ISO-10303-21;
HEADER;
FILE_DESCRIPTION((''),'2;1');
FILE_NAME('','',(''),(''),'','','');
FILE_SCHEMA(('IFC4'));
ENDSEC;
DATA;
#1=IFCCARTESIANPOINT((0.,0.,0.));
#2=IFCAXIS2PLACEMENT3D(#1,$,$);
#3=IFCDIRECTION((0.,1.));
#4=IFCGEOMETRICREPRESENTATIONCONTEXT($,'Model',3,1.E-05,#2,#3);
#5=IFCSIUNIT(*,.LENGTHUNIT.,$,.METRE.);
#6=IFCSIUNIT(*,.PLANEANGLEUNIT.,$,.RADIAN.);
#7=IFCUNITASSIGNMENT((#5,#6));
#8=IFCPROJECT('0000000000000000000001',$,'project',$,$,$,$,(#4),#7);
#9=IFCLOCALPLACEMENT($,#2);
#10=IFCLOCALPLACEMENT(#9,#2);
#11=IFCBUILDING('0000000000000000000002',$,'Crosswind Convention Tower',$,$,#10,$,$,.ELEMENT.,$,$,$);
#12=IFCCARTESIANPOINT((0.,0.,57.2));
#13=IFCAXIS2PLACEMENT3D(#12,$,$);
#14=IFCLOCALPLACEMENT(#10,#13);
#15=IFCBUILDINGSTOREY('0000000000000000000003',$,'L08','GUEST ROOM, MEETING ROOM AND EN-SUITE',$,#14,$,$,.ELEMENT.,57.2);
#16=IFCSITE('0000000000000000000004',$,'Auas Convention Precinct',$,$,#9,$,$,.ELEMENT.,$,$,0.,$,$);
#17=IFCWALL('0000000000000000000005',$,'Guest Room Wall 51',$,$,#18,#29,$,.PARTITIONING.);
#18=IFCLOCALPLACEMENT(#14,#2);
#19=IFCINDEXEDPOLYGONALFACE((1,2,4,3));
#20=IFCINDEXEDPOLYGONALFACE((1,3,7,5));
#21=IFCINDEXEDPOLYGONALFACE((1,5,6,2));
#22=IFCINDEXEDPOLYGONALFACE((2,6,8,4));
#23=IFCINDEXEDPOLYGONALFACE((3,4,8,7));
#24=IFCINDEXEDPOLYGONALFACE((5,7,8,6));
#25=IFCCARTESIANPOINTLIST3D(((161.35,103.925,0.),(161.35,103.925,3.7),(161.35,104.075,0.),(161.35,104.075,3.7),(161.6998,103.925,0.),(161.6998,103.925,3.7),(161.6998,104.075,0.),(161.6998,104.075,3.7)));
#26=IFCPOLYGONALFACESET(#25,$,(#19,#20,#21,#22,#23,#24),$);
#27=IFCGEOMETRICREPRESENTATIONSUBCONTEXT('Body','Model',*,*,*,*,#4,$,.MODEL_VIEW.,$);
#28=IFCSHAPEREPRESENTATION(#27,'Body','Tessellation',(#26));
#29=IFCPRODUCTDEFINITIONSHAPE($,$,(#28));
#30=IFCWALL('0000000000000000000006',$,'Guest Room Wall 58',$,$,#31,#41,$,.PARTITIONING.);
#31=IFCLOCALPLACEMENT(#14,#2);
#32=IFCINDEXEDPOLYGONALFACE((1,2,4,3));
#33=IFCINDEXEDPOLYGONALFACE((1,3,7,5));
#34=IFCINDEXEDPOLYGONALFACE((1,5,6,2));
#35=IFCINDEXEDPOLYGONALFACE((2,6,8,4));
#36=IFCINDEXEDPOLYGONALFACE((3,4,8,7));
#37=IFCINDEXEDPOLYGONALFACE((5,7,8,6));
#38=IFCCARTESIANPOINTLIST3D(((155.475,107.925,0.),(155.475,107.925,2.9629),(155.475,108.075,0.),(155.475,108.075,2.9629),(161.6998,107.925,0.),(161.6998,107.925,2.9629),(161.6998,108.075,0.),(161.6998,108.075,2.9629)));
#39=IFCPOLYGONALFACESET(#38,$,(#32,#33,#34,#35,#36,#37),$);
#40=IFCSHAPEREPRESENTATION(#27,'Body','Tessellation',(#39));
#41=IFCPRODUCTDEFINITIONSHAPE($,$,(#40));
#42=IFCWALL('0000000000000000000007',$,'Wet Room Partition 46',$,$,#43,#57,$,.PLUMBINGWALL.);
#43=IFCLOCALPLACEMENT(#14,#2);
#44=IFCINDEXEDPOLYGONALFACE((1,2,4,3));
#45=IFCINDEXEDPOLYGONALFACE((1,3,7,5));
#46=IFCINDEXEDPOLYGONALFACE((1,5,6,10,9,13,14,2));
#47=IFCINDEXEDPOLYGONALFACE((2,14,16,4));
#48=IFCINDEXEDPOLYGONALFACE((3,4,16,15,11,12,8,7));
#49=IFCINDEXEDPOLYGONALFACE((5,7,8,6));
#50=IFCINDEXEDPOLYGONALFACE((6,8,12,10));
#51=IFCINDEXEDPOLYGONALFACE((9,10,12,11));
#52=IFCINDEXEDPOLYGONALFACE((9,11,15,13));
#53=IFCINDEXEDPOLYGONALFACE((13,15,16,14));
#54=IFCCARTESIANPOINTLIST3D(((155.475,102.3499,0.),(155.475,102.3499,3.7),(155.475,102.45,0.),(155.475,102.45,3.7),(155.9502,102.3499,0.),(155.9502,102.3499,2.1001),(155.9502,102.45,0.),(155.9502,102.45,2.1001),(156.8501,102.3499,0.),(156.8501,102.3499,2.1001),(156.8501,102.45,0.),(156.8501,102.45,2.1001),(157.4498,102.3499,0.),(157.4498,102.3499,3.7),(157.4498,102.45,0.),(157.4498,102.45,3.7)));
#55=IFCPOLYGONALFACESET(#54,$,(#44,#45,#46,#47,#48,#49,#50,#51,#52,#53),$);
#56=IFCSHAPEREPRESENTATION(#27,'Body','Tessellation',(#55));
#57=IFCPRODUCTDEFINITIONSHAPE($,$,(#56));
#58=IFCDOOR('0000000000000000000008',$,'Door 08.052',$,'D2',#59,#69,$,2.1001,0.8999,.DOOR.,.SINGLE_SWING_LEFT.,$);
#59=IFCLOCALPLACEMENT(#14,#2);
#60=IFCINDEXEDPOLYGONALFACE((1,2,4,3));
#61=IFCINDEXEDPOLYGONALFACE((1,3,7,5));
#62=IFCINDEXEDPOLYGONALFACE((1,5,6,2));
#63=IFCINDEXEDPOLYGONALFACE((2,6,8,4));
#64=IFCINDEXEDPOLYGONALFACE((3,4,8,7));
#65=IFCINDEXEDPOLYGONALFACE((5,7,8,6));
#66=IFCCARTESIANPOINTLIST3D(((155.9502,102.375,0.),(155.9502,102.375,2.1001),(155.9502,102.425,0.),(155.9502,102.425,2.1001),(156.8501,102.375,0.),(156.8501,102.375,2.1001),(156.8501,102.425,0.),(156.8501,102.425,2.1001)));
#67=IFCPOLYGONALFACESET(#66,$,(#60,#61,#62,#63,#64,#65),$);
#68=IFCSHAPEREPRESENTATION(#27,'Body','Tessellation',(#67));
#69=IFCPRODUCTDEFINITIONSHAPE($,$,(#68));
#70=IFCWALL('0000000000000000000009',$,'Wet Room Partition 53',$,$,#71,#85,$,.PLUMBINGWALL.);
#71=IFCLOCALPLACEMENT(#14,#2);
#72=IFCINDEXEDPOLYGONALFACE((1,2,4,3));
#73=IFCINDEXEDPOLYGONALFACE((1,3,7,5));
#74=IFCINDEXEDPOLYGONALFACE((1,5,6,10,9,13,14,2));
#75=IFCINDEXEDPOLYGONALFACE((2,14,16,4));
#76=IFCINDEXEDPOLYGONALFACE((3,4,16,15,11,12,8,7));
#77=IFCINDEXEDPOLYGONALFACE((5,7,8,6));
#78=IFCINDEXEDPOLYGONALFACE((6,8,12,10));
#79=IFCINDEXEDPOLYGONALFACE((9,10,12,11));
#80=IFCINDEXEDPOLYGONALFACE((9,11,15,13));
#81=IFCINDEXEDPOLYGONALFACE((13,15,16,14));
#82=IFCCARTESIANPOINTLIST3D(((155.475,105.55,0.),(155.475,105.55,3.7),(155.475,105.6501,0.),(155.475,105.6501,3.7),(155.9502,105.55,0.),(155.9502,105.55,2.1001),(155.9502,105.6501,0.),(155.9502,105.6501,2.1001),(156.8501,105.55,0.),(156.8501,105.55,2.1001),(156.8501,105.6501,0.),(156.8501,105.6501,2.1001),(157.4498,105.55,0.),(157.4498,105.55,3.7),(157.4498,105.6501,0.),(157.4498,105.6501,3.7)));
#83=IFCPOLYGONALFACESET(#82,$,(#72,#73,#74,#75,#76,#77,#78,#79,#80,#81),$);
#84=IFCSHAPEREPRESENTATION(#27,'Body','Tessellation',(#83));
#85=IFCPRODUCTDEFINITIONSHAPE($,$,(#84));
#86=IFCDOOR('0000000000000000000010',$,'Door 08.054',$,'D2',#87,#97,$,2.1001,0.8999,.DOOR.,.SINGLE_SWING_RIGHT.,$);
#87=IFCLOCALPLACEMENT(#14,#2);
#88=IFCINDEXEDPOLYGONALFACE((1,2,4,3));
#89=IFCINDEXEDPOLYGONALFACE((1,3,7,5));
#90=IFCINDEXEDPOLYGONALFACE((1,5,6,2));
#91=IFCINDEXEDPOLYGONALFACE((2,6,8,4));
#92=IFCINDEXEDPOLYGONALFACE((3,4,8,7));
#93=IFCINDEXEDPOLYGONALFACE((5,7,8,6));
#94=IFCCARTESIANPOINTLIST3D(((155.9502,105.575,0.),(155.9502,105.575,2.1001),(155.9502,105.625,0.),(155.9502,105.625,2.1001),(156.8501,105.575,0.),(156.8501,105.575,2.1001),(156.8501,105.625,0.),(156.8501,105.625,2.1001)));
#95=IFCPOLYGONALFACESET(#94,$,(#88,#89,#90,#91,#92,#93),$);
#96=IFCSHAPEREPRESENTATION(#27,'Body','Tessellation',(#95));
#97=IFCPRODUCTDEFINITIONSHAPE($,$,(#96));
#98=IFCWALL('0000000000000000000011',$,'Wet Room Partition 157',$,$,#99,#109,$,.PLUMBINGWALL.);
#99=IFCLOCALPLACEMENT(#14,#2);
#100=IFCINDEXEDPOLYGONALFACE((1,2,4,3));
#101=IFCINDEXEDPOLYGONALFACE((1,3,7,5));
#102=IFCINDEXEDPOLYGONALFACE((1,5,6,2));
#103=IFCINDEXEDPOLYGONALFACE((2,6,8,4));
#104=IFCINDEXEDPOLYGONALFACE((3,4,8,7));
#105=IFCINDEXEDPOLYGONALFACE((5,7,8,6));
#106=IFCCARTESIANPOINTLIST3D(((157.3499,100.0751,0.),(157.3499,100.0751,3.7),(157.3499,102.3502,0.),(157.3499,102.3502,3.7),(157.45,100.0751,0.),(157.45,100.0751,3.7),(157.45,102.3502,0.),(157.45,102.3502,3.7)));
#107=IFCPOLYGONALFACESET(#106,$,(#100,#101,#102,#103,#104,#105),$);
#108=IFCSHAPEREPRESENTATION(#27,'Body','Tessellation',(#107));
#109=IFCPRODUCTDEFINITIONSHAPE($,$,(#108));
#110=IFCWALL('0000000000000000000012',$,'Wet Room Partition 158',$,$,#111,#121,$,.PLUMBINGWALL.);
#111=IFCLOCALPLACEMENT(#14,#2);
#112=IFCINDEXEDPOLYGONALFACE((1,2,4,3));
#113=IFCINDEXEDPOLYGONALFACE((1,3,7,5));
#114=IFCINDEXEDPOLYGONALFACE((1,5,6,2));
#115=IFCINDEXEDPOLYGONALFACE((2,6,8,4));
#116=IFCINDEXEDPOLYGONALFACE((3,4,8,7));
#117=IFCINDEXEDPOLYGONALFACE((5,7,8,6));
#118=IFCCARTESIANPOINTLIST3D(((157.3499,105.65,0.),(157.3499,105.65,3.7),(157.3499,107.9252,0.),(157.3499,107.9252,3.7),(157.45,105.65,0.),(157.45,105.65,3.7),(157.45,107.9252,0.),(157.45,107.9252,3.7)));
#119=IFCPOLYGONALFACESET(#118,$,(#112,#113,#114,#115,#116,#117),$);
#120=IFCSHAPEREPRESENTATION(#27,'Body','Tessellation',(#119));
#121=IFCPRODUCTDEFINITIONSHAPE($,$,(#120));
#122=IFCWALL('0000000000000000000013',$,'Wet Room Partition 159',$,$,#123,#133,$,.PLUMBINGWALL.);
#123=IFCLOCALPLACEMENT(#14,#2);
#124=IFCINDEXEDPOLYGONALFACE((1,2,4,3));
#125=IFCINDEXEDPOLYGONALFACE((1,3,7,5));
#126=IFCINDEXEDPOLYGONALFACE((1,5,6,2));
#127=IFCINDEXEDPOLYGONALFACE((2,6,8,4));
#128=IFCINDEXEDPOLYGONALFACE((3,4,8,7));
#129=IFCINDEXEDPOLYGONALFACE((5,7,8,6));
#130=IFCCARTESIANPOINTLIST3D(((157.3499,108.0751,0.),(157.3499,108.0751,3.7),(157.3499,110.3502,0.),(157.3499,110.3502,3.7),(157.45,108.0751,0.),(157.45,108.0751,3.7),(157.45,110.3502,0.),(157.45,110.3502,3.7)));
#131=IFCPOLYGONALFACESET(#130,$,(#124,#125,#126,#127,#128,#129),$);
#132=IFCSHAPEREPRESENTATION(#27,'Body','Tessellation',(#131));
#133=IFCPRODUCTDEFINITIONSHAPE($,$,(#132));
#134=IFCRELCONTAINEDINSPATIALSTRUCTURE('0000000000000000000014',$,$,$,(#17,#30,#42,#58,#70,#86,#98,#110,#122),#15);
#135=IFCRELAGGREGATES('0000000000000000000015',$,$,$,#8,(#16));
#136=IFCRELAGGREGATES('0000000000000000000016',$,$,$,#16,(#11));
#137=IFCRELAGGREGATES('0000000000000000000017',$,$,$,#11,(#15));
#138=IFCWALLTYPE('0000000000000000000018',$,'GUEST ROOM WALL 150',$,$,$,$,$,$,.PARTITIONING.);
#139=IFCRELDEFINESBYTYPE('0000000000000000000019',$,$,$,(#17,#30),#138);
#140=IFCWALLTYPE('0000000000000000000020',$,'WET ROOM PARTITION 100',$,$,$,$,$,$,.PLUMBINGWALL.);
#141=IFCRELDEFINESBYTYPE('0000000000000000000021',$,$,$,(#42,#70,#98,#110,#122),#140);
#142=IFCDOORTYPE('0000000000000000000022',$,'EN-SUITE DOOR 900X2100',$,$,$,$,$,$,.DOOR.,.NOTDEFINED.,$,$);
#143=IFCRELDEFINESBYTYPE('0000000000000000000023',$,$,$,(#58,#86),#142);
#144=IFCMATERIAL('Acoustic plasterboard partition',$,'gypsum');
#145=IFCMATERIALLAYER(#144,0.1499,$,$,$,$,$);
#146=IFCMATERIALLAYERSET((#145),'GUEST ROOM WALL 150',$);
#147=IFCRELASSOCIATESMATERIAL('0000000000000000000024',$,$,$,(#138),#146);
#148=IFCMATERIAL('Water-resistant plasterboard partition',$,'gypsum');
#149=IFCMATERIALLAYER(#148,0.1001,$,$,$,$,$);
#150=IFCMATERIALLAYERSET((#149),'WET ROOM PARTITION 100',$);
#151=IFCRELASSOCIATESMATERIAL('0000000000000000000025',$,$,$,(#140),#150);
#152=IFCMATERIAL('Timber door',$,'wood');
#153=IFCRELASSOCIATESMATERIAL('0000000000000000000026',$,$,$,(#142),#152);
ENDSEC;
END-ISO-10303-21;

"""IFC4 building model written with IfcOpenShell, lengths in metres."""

from ifc_helpers import new_model, si_unit, direction, frame, frame_2d, origin, place, context, subcontext, project, spatial, rectangle, extrude, material, layer, layer_set, type_object, element, fill, save


model = new_model("IFC4")

# Units and contexts
model_context = context("Model", 3, precision=1e-05, world=origin(), true_north=direction((0.0, 1.0)))
body_context = subcontext(model_context, "Body", "Model", "MODEL_VIEW")
ifc_project = project(units=[si_unit("LENGTHUNIT", "METRE"), si_unit("PLANEANGLEUNIT", "RADIAN")], contexts=[model_context])

# Site, building, storey
site_placement = place(None, origin())
site = spatial("IfcSite", under=ifc_project, at=site_placement, Name="Auas Convention Precinct", CompositionType="ELEMENT", RefElevation=0.0)
building_placement = place(site_placement, origin())
building = spatial("IfcBuilding", under=site, at=building_placement, Name="Crosswind Convention Tower", CompositionType="ELEMENT")
storey_placement = place(building_placement, frame((0.0, 0.0, 57.2)))
storey = spatial("IfcBuildingStorey", under=building, at=storey_placement, Name="L08", Description="GUEST ROOM, MEETING ROOM AND EN-SUITE", CompositionType="ELEMENT", Elevation=57.2)

# Walls
ifc_material_1 = material(Name="Acoustic plasterboard partition", Category="gypsum")
ifc_layer_1 = layer(ifc_material_1, 0.1499)
ifc_layer_set_1 = layer_set([ifc_layer_1], Name="GUEST ROOM WALL 150")
wall_type_1 = type_object("IfcWallType", Name="GUEST ROOM WALL 150", PredefinedType="PARTITIONING", material=ifc_layer_set_1)
wall_1_placement = place(storey_placement, frame((161.3501, 104.0, 0.0), z_axis=(0.0, 0.0, 1.0), x_axis=(1.0, 0.0, 0.0)))
element("IfcWall", 1, at=wall_1_placement, inside=storey, type_object=wall_type_1, Name="Guest Room Wall 51", PredefinedType="PARTITIONING", context=body_context, shape_type="SweptSolid", body=[
    extrude(rectangle(XDim=0.3499, YDim=0.1499, at=frame_2d((0.1748, 0.0))), origin(), (0.0, 0.0, 1.0), 3.7),
])
wall_2_placement = place(storey_placement, frame((155.4751, 108.0, 0.0), z_axis=(0.0, 0.0, 1.0), x_axis=(1.0, 0.0, 0.0)))
element("IfcWall", 2, at=wall_2_placement, inside=storey, type_object=wall_type_1, Name="Guest Room Wall 58", PredefinedType="PARTITIONING", context=body_context, shape_type="SweptSolid", body=[
    extrude(rectangle(XDim=6.2249, YDim=0.1499, at=frame_2d((3.1123, 0.0))), origin(), (0.0, 0.0, 1.0), 2.9629),
])

# Walls, openings, doors
ifc_material_2 = material(Name="Water-resistant plasterboard partition", Category="gypsum")
ifc_layer_2 = layer(ifc_material_2, 0.1001)
ifc_layer_set_2 = layer_set([ifc_layer_2], Name="WET ROOM PARTITION 100")
wall_type_2 = type_object("IfcWallType", Name="WET ROOM PARTITION 100", PredefinedType="PLUMBINGWALL", material=ifc_layer_set_2)
wall_3_placement = place(storey_placement, frame((155.4751, 102.3999, 0.0), z_axis=(0.0, 0.0, 1.0), x_axis=(1.0, 0.0, 0.0)))
wall_3 = element("IfcWall", 3, at=wall_3_placement, inside=storey, type_object=wall_type_2, Name="Wet Room Partition 46", PredefinedType="PLUMBINGWALL", context=body_context, shape_type="SweptSolid", body=[
    extrude(rectangle(XDim=1.9749, YDim=0.1001, at=frame_2d((0.9873, 0.0))), origin(), (0.0, 0.0, 1.0), 3.7),
])
opening_1_placement = place(wall_3_placement, frame((0.4751, 0.0, 0.0)))
opening_1 = element("IfcOpeningElement", 4, at=opening_1_placement, cuts=wall_3, PredefinedType="OPENING", context=body_context, shape_type="SweptSolid", body=[
    extrude(rectangle(XDim=0.8999, YDim=2.1001, at=frame_2d((0.45, 1.05))), frame((0.0, 0.0601, 0.0), z_axis=(0.0, -1.0, 0.0), x_axis=(1.0, 0.0, 0.0)), (0.0, 0.0, 1.0), 0.1201),
])
ifc_material_3 = material(Name="Timber door", Category="wood")
door_type = type_object("IfcDoorType", Name="EN-SUITE DOOR 900X2100", OperationType="NOTDEFINED", PredefinedType="DOOR", material=ifc_material_3)
door_1_placement = place(opening_1_placement, frame((0.8999, 0.0, 0.0), z_axis=(0.0, 0.0, 1.0), x_axis=(-1.0, 0.0, 0.0)))
door_1 = element("IfcDoor", 5, at=door_1_placement, inside=storey, type_object=door_type, Name="Door 08.052", ObjectType="D2", OperationType="SINGLE_SWING_LEFT", OverallHeight=2.1001, OverallWidth=0.8999, PredefinedType="DOOR", context=body_context, shape_type="SweptSolid", body=[
    extrude(rectangle(XDim=0.8999, YDim=2.1001, at=frame_2d((0.45, 1.05))), frame((0.0, 0.0249, 0.0), z_axis=(0.0, -1.0, 0.0), x_axis=(1.0, 0.0, 0.0)), (0.0, 0.0, 1.0), 0.05),
])
fill(opening_1, door_1)
wall_4_placement = place(storey_placement, frame((155.4751, 105.6001, 0.0), z_axis=(0.0, 0.0, 1.0), x_axis=(1.0, 0.0, 0.0)))
wall_4 = element("IfcWall", 6, at=wall_4_placement, inside=storey, type_object=wall_type_2, Name="Wet Room Partition 53", PredefinedType="PLUMBINGWALL", context=body_context, shape_type="SweptSolid", body=[
    extrude(rectangle(XDim=1.9749, YDim=0.1001, at=frame_2d((0.9873, 0.0))), origin(), (0.0, 0.0, 1.0), 3.7),
])
opening_2_placement = place(wall_4_placement, frame((0.4751, 0.0, 0.0)))
opening_2 = element("IfcOpeningElement", 7, at=opening_2_placement, cuts=wall_4, PredefinedType="OPENING", context=body_context, shape_type="SweptSolid", body=[
    extrude(rectangle(XDim=0.8999, YDim=2.1001, at=frame_2d((0.45, 1.05))), frame((0.0, 0.0601, 0.0), z_axis=(0.0, -1.0, 0.0), x_axis=(1.0, 0.0, 0.0)), (0.0, 0.0, 1.0), 0.1201),
])
door_2_placement = place(opening_2_placement, origin())
door_2 = element("IfcDoor", 8, at=door_2_placement, inside=storey, type_object=door_type, Name="Door 08.054", ObjectType="D2", OperationType="SINGLE_SWING_RIGHT", OverallHeight=2.1001, OverallWidth=0.8999, PredefinedType="DOOR", context=body_context, shape_type="SweptSolid", body=[
    extrude(rectangle(XDim=0.8999, YDim=2.1001, at=frame_2d((0.45, 1.05))), frame((0.0, 0.0249, 0.0), z_axis=(0.0, -1.0, 0.0), x_axis=(1.0, 0.0, 0.0)), (0.0, 0.0, 1.0), 0.05),
])
fill(opening_2, door_2)

# Walls
for number, where, z_axis, x_axis, name in (
    (9, (157.3999, 100.075, 0.0), (0.0, 0.0, 1.0), (0.0, 1.0, 0.0), "Wet Room Partition 157"),
    (10, (157.3999, 105.6499, 0.0), (0.0, 0.0, 1.0), (0.0, 1.0, 0.0), "Wet Room Partition 158"),
    (11, (157.3999, 108.075, 0.0), (0.0, 0.0, 1.0), (0.0, 1.0, 0.0), "Wet Room Partition 159"),
):
    element("IfcWall", number, at=place(storey_placement, frame(where, z_axis=z_axis, x_axis=x_axis)), inside=storey, type_object=wall_type_2, Name=name, PredefinedType="PLUMBINGWALL", context=body_context, shape_type="SweptSolid", body=[
        extrude(rectangle(XDim=2.2751, YDim=0.1001, at=frame_2d((1.1377, 0.0))), origin(), (0.0, 0.0, 1.0), 3.7),
    ])

save(model, "model.ifc")
